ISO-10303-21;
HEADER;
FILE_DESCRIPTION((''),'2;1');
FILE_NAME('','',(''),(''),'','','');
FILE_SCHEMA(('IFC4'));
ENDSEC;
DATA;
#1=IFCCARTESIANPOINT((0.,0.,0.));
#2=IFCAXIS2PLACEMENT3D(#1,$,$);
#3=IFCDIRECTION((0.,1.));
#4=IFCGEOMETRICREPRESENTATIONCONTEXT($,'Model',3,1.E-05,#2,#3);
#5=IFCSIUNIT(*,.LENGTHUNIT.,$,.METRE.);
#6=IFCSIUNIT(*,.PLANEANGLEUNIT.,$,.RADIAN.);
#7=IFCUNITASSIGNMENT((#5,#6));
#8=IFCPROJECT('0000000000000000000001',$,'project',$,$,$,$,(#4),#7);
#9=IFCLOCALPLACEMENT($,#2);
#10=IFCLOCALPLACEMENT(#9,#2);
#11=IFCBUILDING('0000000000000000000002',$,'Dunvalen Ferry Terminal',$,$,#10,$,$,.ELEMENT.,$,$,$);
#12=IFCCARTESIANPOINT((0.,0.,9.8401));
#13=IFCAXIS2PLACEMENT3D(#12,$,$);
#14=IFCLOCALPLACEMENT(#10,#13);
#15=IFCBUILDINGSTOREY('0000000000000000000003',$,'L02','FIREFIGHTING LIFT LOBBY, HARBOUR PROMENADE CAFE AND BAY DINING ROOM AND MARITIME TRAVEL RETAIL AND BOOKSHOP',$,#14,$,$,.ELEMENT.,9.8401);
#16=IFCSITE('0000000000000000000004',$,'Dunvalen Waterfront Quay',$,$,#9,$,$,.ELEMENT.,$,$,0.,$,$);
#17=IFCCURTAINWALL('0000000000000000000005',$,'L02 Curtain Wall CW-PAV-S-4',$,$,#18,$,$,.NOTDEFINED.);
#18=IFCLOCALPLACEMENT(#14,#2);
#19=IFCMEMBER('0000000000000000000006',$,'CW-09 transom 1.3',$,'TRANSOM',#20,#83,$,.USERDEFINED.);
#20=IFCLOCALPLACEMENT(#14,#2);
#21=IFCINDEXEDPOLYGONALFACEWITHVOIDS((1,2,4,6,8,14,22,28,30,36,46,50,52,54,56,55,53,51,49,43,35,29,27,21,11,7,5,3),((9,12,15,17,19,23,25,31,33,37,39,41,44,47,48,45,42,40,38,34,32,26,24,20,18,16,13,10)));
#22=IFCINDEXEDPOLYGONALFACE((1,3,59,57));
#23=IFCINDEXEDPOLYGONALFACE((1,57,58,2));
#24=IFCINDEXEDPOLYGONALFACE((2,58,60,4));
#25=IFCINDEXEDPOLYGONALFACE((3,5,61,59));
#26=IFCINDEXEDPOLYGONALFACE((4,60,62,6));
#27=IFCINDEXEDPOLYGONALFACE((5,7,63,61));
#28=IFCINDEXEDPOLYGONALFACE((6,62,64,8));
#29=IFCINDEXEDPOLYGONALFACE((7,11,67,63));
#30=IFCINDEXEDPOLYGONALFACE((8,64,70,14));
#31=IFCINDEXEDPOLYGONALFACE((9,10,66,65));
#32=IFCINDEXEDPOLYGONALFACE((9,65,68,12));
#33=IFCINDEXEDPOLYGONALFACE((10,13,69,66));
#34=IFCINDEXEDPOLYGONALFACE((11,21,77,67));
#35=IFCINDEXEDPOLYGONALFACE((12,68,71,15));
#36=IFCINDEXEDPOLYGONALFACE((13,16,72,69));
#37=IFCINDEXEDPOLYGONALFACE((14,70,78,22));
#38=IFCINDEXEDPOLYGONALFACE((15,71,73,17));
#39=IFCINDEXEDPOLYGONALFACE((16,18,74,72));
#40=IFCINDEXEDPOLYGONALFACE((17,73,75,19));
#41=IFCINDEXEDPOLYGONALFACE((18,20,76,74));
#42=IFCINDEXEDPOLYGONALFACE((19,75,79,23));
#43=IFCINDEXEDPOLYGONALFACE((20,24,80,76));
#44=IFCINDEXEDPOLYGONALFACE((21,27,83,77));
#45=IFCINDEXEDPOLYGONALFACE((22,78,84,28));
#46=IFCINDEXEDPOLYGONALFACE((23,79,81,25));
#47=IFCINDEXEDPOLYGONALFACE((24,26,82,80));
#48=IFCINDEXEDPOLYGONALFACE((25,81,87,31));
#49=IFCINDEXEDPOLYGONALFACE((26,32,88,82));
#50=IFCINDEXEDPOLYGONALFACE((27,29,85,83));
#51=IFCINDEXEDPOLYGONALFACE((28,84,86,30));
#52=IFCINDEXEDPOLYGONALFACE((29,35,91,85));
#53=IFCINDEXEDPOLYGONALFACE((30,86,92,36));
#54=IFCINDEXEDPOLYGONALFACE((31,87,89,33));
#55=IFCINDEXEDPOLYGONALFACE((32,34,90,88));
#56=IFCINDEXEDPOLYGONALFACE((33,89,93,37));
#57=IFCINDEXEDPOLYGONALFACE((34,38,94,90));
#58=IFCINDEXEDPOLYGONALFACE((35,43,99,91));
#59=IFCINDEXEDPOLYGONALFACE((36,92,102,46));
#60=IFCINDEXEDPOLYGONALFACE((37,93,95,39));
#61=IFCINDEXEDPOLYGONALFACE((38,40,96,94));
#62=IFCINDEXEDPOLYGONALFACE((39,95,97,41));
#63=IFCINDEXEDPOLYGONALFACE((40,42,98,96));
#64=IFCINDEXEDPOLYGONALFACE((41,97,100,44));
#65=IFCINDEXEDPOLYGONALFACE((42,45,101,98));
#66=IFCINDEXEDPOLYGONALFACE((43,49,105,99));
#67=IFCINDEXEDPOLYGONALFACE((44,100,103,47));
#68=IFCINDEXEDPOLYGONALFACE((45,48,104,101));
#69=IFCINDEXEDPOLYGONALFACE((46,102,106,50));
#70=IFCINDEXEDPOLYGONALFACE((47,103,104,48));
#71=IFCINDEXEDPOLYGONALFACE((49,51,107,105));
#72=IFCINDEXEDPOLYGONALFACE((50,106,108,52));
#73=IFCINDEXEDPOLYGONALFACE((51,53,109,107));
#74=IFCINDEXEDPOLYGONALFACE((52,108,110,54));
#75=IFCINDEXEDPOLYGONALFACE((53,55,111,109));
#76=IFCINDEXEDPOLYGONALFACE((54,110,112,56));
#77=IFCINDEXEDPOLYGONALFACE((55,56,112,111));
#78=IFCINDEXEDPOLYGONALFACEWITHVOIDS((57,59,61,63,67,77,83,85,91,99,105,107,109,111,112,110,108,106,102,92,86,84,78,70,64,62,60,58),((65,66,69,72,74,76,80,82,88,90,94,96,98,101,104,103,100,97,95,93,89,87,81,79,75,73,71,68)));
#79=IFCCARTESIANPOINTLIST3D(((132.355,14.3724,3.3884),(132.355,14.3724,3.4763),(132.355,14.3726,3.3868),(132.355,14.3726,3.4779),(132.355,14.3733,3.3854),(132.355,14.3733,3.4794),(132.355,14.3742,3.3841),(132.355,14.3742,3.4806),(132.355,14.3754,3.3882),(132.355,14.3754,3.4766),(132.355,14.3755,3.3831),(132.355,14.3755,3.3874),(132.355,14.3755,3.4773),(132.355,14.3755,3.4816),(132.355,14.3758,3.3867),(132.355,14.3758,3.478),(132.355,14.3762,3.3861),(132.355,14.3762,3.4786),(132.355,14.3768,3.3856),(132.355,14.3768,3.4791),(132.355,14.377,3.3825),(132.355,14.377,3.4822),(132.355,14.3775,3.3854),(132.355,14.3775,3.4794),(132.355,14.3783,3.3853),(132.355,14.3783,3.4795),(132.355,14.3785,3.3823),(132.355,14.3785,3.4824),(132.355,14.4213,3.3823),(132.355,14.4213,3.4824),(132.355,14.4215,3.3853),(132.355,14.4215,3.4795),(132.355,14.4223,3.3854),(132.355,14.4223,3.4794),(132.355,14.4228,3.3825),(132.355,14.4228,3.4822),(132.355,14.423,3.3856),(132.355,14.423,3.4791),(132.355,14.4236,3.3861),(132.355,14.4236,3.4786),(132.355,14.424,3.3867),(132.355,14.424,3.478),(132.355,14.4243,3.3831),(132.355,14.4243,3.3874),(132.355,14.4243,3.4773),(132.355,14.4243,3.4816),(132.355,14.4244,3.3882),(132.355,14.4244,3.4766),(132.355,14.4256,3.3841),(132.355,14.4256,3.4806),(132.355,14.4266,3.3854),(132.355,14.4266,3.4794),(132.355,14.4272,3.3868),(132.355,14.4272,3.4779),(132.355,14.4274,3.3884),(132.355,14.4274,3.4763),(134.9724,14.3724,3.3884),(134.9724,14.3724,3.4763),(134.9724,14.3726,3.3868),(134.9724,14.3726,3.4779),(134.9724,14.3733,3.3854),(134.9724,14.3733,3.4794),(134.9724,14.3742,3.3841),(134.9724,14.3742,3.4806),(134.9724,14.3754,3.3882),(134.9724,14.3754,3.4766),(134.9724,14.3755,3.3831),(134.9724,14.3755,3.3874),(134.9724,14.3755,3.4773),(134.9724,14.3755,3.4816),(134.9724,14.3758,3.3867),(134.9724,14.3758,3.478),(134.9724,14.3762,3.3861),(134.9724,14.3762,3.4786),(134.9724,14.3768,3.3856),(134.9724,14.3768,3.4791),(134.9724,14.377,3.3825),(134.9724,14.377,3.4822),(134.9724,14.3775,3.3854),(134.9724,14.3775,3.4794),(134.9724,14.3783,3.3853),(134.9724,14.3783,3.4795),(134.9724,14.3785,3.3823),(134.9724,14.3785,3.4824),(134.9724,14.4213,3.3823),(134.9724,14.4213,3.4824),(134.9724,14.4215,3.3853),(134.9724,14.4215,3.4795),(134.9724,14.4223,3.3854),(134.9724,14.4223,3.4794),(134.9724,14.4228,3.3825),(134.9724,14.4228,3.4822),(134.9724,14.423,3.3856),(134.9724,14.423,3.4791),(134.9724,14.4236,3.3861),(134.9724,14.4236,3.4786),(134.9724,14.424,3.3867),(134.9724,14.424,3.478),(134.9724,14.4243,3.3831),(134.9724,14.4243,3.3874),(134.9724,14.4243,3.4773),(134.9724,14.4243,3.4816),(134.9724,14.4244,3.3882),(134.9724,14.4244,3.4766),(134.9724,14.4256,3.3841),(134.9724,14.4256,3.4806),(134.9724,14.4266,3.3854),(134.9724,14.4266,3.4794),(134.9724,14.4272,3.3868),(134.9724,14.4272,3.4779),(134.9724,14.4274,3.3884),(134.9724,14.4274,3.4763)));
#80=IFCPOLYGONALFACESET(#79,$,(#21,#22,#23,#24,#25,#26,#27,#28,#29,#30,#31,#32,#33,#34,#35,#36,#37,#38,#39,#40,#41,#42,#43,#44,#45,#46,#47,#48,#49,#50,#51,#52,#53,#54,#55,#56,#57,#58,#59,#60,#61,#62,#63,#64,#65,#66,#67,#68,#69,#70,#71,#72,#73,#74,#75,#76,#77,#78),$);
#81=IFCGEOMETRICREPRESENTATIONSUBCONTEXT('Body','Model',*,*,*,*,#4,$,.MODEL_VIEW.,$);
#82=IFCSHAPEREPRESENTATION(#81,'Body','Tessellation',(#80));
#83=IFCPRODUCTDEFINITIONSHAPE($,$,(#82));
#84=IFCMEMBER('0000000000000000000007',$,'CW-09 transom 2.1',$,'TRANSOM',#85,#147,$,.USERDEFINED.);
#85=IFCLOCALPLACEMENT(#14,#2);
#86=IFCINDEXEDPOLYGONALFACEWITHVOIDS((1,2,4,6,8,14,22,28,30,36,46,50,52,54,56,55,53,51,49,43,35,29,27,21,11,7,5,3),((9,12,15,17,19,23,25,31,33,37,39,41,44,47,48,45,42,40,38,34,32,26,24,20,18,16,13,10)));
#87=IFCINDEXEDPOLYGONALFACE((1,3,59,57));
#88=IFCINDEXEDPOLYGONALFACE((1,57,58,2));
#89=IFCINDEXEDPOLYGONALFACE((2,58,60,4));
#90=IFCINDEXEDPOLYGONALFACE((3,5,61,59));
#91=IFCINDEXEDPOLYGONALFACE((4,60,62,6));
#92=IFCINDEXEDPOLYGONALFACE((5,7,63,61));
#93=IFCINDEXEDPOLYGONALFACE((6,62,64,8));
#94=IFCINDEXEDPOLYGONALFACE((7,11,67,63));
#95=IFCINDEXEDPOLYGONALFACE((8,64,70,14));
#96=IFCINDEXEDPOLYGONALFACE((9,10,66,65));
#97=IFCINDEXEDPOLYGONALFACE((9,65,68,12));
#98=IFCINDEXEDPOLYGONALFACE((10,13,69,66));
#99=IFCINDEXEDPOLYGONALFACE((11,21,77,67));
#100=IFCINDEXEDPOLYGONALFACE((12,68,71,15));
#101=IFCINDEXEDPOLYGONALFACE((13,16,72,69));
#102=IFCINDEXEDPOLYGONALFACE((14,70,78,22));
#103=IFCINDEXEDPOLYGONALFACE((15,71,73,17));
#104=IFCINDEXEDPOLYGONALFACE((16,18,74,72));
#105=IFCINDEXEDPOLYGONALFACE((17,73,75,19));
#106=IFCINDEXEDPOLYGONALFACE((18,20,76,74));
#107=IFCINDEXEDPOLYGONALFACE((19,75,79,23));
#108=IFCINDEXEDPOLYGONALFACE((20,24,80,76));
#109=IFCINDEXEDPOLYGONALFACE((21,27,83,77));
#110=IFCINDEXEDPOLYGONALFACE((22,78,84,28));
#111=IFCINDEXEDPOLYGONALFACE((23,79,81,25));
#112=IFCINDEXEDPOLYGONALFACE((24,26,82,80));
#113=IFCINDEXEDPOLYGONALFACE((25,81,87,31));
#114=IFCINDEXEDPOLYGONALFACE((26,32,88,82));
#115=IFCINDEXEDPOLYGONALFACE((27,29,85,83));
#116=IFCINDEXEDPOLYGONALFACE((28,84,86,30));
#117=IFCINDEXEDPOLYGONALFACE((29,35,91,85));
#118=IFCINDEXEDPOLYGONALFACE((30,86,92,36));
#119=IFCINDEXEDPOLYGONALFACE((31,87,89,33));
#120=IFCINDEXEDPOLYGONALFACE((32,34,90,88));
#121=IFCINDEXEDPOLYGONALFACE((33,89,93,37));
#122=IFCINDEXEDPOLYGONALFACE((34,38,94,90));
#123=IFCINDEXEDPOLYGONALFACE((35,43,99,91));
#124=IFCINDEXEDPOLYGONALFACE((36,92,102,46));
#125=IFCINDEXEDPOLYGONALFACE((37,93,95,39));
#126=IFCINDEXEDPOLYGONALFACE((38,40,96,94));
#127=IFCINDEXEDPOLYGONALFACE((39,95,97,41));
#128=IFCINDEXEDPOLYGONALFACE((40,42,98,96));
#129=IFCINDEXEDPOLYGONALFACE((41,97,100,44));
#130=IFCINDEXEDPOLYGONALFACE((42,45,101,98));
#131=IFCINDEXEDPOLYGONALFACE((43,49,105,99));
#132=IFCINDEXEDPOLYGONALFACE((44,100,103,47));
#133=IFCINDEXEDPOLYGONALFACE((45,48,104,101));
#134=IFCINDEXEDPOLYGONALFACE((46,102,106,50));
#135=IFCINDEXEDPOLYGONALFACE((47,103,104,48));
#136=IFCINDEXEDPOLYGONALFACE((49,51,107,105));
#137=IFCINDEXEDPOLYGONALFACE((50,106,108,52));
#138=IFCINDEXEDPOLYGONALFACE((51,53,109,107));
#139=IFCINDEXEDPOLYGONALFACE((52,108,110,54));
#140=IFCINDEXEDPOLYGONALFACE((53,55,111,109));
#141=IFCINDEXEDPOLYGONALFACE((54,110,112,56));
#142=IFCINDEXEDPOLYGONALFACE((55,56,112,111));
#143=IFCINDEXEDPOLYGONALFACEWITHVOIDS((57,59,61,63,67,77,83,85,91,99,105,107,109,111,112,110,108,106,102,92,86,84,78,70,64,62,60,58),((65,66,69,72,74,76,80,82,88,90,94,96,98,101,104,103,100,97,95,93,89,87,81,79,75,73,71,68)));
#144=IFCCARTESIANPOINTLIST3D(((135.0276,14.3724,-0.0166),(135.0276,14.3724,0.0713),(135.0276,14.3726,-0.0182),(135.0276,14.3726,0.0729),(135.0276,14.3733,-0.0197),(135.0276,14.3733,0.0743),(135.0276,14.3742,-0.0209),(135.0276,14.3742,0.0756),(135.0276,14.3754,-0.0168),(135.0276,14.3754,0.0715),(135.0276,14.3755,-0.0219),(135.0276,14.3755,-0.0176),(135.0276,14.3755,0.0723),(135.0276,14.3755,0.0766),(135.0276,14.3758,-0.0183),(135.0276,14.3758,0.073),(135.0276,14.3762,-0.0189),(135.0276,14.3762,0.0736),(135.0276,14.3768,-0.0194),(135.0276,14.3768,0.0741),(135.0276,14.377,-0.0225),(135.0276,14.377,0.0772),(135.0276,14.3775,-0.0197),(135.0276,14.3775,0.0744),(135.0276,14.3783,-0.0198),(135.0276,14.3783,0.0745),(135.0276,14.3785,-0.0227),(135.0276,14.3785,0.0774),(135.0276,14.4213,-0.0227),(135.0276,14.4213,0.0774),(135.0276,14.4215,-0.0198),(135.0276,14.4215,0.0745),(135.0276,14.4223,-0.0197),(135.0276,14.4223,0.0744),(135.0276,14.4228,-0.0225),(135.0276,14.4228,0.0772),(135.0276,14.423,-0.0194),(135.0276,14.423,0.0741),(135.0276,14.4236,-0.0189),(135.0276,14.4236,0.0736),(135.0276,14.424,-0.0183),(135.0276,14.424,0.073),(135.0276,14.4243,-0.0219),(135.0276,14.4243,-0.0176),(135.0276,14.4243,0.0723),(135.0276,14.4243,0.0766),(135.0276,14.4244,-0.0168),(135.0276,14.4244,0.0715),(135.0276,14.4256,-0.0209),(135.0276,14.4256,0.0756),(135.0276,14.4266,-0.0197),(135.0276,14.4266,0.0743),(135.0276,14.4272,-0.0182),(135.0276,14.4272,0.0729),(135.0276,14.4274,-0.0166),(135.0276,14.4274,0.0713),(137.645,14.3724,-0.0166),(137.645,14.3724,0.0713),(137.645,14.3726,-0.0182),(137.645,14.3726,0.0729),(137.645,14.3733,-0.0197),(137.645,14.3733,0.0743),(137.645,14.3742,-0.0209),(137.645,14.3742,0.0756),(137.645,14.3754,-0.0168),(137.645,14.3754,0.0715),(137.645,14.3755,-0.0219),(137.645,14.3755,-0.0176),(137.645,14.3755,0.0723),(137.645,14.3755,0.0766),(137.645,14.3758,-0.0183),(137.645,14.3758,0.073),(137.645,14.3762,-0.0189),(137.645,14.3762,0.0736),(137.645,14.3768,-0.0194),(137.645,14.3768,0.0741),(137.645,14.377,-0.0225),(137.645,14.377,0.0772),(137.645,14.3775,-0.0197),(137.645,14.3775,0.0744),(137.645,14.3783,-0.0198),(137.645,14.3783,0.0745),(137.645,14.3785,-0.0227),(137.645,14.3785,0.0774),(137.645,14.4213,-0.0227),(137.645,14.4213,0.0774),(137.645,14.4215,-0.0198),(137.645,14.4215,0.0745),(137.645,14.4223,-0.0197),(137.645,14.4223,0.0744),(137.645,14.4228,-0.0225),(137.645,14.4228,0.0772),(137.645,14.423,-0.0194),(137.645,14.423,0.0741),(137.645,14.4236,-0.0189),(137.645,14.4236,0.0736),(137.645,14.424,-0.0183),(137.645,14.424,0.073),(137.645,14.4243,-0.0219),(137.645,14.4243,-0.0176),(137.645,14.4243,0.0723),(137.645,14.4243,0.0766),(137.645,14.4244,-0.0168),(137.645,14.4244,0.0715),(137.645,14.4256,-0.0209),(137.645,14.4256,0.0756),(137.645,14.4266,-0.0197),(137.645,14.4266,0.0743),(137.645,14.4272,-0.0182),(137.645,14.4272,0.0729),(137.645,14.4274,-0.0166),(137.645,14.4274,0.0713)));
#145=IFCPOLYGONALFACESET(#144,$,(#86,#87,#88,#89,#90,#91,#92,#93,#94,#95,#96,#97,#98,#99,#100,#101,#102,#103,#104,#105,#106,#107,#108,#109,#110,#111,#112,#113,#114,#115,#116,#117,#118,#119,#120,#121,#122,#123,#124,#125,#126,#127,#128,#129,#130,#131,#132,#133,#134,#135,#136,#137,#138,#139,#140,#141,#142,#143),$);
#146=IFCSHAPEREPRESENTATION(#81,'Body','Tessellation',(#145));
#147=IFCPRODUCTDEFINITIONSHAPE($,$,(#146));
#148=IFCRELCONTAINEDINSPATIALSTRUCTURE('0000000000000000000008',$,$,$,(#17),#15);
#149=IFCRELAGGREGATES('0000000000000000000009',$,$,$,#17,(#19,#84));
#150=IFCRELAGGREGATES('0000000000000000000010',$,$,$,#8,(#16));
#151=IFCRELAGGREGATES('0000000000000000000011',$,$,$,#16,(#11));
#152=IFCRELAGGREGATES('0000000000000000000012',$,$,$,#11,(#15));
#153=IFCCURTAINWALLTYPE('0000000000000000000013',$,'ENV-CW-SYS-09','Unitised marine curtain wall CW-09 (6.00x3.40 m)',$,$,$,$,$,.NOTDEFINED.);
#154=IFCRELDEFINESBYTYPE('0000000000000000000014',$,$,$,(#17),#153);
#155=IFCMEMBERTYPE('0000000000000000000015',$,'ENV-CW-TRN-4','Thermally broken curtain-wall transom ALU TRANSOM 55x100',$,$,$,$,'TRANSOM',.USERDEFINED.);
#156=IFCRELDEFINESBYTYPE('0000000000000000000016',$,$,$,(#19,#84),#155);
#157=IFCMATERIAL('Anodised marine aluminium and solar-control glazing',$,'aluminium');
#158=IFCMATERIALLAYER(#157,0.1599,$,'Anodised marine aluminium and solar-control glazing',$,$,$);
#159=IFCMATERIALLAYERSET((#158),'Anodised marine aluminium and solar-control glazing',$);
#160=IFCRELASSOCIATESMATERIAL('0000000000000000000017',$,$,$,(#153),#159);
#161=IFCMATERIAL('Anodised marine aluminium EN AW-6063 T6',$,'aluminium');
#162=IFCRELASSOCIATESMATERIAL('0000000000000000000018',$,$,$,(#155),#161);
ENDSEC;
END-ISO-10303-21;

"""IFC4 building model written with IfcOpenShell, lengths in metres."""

from ifc_helpers import new_model, si_unit, direction, frame, origin, origin_2d, place, context, subcontext, project, spatial, hollow_rectangle, extrude, material, layer, layer_set, material_profile, profile_set, type_object, element, aggregate, save


model = new_model("IFC4")

# Units and contexts
model_context = context("Model", 3, precision=1e-05, world=origin(), true_north=direction((0.0, 1.0)))
body_context = subcontext(model_context, "Body", "Model", "MODEL_VIEW")
ifc_project = project(units=[si_unit("LENGTHUNIT", "METRE"), si_unit("PLANEANGLEUNIT", "RADIAN")], contexts=[model_context])

# Site, building, storey
site_placement = place(None, origin())
site = spatial("IfcSite", under=ifc_project, at=site_placement, Name="Dunvalen Waterfront Quay", CompositionType="ELEMENT", RefElevation=0.0)
building_placement = place(site_placement, origin())
building = spatial("IfcBuilding", under=site, at=building_placement, Name="Dunvalen Ferry Terminal", CompositionType="ELEMENT")
storey_placement = place(building_placement, frame((0.0, 0.0, 9.8401)))
storey = spatial("IfcBuildingStorey", under=building, at=storey_placement, Name="L02", Description="FIREFIGHTING LIFT LOBBY, HARBOUR PROMENADE CAFE AND BAY DINING ROOM AND MARITIME TRAVEL RETAIL AND BOOKSHOP", CompositionType="ELEMENT", Elevation=9.8401)

# Curtain wall, members
ifc_material_1 = material(Name="Anodised marine aluminium and solar-control glazing", Category="aluminium")
ifc_layer_1 = layer(ifc_material_1, 0.1599, Name="Anodised marine aluminium and solar-control glazing")
ifc_layer_set_1 = layer_set([ifc_layer_1], Name="Anodised marine aluminium and solar-control glazing")
curtain_wall_type = type_object("IfcCurtainWallType", Name="ENV-CW-SYS-09", Description="Unitised marine curtain wall CW-09 (6.00x3.40 m)", PredefinedType="NOTDEFINED", material=ifc_layer_set_1)
curtain_wall_placement = place(storey_placement, origin())
curtain_wall = element("IfcCurtainWall", 1, at=curtain_wall_placement, inside=storey, type_object=curtain_wall_type, Name="L02 Curtain Wall CW-PAV-S-4", PredefinedType="NOTDEFINED")
ifc_material_2 = material(Name="Anodised marine aluminium EN AW-6063 T6", Category="aluminium")
ifc_material_profile_1 = material_profile(ifc_material_2, hollow_rectangle(XDim=0.0549, YDim=0.1001, WallThickness=0.0029, InnerFilletRadius=0.0029, OuterFilletRadius=0.0061, at=origin_2d()), Name="Anodised marine aluminium EN AW-6063 T6")
ifc_profile_set_1 = profile_set([ifc_material_profile_1], Name="Anodised marine aluminium EN AW-6063 T6")
member_type_1 = type_object("IfcMemberType", Name="ENV-CW-TRN-4", Description="Thermally broken curtain-wall transom ALU TRANSOM 55x100", ElementType="TRANSOM", PredefinedType="USERDEFINED", material=ifc_profile_set_1)
member_1_placement = place(storey_placement, frame((132.355, 14.3999, 3.4324), z_axis=(1.0, 0.0, 0.0), x_axis=(0.0, 1.0, 0.0)))
member_1 = element("IfcMember", 2, at=member_1_placement, type_object=member_type_1, Name="CW-09 transom 1.3", ObjectType="TRANSOM", PredefinedType="USERDEFINED", context=body_context, shape_type="SweptSolid", body=[
    extrude(hollow_rectangle(XDim=0.0549, YDim=0.1001, WallThickness=0.0029, InnerFilletRadius=0.0029, OuterFilletRadius=0.0061, at=origin_2d()), origin(), (0.0, 0.0, 1.0), 2.6174),
])
member_2_placement = place(storey_placement, frame((135.0276, 14.3999, 0.0273), z_axis=(1.0, 0.0, 0.0), x_axis=(0.0, 1.0, 0.0)))
member_2 = element("IfcMember", 3, at=member_2_placement, type_object=member_type_1, Name="CW-09 transom 2.1", ObjectType="TRANSOM", PredefinedType="USERDEFINED", context=body_context, shape_type="SweptSolid", body=[
    extrude(hollow_rectangle(XDim=0.0549, YDim=0.1001, WallThickness=0.0029, InnerFilletRadius=0.0029, OuterFilletRadius=0.0061, at=origin_2d()), origin(), (0.0, 0.0, 1.0), 2.6174),
])

aggregate(curtain_wall, [member_1, member_2])

save(model, "model.ifc")
